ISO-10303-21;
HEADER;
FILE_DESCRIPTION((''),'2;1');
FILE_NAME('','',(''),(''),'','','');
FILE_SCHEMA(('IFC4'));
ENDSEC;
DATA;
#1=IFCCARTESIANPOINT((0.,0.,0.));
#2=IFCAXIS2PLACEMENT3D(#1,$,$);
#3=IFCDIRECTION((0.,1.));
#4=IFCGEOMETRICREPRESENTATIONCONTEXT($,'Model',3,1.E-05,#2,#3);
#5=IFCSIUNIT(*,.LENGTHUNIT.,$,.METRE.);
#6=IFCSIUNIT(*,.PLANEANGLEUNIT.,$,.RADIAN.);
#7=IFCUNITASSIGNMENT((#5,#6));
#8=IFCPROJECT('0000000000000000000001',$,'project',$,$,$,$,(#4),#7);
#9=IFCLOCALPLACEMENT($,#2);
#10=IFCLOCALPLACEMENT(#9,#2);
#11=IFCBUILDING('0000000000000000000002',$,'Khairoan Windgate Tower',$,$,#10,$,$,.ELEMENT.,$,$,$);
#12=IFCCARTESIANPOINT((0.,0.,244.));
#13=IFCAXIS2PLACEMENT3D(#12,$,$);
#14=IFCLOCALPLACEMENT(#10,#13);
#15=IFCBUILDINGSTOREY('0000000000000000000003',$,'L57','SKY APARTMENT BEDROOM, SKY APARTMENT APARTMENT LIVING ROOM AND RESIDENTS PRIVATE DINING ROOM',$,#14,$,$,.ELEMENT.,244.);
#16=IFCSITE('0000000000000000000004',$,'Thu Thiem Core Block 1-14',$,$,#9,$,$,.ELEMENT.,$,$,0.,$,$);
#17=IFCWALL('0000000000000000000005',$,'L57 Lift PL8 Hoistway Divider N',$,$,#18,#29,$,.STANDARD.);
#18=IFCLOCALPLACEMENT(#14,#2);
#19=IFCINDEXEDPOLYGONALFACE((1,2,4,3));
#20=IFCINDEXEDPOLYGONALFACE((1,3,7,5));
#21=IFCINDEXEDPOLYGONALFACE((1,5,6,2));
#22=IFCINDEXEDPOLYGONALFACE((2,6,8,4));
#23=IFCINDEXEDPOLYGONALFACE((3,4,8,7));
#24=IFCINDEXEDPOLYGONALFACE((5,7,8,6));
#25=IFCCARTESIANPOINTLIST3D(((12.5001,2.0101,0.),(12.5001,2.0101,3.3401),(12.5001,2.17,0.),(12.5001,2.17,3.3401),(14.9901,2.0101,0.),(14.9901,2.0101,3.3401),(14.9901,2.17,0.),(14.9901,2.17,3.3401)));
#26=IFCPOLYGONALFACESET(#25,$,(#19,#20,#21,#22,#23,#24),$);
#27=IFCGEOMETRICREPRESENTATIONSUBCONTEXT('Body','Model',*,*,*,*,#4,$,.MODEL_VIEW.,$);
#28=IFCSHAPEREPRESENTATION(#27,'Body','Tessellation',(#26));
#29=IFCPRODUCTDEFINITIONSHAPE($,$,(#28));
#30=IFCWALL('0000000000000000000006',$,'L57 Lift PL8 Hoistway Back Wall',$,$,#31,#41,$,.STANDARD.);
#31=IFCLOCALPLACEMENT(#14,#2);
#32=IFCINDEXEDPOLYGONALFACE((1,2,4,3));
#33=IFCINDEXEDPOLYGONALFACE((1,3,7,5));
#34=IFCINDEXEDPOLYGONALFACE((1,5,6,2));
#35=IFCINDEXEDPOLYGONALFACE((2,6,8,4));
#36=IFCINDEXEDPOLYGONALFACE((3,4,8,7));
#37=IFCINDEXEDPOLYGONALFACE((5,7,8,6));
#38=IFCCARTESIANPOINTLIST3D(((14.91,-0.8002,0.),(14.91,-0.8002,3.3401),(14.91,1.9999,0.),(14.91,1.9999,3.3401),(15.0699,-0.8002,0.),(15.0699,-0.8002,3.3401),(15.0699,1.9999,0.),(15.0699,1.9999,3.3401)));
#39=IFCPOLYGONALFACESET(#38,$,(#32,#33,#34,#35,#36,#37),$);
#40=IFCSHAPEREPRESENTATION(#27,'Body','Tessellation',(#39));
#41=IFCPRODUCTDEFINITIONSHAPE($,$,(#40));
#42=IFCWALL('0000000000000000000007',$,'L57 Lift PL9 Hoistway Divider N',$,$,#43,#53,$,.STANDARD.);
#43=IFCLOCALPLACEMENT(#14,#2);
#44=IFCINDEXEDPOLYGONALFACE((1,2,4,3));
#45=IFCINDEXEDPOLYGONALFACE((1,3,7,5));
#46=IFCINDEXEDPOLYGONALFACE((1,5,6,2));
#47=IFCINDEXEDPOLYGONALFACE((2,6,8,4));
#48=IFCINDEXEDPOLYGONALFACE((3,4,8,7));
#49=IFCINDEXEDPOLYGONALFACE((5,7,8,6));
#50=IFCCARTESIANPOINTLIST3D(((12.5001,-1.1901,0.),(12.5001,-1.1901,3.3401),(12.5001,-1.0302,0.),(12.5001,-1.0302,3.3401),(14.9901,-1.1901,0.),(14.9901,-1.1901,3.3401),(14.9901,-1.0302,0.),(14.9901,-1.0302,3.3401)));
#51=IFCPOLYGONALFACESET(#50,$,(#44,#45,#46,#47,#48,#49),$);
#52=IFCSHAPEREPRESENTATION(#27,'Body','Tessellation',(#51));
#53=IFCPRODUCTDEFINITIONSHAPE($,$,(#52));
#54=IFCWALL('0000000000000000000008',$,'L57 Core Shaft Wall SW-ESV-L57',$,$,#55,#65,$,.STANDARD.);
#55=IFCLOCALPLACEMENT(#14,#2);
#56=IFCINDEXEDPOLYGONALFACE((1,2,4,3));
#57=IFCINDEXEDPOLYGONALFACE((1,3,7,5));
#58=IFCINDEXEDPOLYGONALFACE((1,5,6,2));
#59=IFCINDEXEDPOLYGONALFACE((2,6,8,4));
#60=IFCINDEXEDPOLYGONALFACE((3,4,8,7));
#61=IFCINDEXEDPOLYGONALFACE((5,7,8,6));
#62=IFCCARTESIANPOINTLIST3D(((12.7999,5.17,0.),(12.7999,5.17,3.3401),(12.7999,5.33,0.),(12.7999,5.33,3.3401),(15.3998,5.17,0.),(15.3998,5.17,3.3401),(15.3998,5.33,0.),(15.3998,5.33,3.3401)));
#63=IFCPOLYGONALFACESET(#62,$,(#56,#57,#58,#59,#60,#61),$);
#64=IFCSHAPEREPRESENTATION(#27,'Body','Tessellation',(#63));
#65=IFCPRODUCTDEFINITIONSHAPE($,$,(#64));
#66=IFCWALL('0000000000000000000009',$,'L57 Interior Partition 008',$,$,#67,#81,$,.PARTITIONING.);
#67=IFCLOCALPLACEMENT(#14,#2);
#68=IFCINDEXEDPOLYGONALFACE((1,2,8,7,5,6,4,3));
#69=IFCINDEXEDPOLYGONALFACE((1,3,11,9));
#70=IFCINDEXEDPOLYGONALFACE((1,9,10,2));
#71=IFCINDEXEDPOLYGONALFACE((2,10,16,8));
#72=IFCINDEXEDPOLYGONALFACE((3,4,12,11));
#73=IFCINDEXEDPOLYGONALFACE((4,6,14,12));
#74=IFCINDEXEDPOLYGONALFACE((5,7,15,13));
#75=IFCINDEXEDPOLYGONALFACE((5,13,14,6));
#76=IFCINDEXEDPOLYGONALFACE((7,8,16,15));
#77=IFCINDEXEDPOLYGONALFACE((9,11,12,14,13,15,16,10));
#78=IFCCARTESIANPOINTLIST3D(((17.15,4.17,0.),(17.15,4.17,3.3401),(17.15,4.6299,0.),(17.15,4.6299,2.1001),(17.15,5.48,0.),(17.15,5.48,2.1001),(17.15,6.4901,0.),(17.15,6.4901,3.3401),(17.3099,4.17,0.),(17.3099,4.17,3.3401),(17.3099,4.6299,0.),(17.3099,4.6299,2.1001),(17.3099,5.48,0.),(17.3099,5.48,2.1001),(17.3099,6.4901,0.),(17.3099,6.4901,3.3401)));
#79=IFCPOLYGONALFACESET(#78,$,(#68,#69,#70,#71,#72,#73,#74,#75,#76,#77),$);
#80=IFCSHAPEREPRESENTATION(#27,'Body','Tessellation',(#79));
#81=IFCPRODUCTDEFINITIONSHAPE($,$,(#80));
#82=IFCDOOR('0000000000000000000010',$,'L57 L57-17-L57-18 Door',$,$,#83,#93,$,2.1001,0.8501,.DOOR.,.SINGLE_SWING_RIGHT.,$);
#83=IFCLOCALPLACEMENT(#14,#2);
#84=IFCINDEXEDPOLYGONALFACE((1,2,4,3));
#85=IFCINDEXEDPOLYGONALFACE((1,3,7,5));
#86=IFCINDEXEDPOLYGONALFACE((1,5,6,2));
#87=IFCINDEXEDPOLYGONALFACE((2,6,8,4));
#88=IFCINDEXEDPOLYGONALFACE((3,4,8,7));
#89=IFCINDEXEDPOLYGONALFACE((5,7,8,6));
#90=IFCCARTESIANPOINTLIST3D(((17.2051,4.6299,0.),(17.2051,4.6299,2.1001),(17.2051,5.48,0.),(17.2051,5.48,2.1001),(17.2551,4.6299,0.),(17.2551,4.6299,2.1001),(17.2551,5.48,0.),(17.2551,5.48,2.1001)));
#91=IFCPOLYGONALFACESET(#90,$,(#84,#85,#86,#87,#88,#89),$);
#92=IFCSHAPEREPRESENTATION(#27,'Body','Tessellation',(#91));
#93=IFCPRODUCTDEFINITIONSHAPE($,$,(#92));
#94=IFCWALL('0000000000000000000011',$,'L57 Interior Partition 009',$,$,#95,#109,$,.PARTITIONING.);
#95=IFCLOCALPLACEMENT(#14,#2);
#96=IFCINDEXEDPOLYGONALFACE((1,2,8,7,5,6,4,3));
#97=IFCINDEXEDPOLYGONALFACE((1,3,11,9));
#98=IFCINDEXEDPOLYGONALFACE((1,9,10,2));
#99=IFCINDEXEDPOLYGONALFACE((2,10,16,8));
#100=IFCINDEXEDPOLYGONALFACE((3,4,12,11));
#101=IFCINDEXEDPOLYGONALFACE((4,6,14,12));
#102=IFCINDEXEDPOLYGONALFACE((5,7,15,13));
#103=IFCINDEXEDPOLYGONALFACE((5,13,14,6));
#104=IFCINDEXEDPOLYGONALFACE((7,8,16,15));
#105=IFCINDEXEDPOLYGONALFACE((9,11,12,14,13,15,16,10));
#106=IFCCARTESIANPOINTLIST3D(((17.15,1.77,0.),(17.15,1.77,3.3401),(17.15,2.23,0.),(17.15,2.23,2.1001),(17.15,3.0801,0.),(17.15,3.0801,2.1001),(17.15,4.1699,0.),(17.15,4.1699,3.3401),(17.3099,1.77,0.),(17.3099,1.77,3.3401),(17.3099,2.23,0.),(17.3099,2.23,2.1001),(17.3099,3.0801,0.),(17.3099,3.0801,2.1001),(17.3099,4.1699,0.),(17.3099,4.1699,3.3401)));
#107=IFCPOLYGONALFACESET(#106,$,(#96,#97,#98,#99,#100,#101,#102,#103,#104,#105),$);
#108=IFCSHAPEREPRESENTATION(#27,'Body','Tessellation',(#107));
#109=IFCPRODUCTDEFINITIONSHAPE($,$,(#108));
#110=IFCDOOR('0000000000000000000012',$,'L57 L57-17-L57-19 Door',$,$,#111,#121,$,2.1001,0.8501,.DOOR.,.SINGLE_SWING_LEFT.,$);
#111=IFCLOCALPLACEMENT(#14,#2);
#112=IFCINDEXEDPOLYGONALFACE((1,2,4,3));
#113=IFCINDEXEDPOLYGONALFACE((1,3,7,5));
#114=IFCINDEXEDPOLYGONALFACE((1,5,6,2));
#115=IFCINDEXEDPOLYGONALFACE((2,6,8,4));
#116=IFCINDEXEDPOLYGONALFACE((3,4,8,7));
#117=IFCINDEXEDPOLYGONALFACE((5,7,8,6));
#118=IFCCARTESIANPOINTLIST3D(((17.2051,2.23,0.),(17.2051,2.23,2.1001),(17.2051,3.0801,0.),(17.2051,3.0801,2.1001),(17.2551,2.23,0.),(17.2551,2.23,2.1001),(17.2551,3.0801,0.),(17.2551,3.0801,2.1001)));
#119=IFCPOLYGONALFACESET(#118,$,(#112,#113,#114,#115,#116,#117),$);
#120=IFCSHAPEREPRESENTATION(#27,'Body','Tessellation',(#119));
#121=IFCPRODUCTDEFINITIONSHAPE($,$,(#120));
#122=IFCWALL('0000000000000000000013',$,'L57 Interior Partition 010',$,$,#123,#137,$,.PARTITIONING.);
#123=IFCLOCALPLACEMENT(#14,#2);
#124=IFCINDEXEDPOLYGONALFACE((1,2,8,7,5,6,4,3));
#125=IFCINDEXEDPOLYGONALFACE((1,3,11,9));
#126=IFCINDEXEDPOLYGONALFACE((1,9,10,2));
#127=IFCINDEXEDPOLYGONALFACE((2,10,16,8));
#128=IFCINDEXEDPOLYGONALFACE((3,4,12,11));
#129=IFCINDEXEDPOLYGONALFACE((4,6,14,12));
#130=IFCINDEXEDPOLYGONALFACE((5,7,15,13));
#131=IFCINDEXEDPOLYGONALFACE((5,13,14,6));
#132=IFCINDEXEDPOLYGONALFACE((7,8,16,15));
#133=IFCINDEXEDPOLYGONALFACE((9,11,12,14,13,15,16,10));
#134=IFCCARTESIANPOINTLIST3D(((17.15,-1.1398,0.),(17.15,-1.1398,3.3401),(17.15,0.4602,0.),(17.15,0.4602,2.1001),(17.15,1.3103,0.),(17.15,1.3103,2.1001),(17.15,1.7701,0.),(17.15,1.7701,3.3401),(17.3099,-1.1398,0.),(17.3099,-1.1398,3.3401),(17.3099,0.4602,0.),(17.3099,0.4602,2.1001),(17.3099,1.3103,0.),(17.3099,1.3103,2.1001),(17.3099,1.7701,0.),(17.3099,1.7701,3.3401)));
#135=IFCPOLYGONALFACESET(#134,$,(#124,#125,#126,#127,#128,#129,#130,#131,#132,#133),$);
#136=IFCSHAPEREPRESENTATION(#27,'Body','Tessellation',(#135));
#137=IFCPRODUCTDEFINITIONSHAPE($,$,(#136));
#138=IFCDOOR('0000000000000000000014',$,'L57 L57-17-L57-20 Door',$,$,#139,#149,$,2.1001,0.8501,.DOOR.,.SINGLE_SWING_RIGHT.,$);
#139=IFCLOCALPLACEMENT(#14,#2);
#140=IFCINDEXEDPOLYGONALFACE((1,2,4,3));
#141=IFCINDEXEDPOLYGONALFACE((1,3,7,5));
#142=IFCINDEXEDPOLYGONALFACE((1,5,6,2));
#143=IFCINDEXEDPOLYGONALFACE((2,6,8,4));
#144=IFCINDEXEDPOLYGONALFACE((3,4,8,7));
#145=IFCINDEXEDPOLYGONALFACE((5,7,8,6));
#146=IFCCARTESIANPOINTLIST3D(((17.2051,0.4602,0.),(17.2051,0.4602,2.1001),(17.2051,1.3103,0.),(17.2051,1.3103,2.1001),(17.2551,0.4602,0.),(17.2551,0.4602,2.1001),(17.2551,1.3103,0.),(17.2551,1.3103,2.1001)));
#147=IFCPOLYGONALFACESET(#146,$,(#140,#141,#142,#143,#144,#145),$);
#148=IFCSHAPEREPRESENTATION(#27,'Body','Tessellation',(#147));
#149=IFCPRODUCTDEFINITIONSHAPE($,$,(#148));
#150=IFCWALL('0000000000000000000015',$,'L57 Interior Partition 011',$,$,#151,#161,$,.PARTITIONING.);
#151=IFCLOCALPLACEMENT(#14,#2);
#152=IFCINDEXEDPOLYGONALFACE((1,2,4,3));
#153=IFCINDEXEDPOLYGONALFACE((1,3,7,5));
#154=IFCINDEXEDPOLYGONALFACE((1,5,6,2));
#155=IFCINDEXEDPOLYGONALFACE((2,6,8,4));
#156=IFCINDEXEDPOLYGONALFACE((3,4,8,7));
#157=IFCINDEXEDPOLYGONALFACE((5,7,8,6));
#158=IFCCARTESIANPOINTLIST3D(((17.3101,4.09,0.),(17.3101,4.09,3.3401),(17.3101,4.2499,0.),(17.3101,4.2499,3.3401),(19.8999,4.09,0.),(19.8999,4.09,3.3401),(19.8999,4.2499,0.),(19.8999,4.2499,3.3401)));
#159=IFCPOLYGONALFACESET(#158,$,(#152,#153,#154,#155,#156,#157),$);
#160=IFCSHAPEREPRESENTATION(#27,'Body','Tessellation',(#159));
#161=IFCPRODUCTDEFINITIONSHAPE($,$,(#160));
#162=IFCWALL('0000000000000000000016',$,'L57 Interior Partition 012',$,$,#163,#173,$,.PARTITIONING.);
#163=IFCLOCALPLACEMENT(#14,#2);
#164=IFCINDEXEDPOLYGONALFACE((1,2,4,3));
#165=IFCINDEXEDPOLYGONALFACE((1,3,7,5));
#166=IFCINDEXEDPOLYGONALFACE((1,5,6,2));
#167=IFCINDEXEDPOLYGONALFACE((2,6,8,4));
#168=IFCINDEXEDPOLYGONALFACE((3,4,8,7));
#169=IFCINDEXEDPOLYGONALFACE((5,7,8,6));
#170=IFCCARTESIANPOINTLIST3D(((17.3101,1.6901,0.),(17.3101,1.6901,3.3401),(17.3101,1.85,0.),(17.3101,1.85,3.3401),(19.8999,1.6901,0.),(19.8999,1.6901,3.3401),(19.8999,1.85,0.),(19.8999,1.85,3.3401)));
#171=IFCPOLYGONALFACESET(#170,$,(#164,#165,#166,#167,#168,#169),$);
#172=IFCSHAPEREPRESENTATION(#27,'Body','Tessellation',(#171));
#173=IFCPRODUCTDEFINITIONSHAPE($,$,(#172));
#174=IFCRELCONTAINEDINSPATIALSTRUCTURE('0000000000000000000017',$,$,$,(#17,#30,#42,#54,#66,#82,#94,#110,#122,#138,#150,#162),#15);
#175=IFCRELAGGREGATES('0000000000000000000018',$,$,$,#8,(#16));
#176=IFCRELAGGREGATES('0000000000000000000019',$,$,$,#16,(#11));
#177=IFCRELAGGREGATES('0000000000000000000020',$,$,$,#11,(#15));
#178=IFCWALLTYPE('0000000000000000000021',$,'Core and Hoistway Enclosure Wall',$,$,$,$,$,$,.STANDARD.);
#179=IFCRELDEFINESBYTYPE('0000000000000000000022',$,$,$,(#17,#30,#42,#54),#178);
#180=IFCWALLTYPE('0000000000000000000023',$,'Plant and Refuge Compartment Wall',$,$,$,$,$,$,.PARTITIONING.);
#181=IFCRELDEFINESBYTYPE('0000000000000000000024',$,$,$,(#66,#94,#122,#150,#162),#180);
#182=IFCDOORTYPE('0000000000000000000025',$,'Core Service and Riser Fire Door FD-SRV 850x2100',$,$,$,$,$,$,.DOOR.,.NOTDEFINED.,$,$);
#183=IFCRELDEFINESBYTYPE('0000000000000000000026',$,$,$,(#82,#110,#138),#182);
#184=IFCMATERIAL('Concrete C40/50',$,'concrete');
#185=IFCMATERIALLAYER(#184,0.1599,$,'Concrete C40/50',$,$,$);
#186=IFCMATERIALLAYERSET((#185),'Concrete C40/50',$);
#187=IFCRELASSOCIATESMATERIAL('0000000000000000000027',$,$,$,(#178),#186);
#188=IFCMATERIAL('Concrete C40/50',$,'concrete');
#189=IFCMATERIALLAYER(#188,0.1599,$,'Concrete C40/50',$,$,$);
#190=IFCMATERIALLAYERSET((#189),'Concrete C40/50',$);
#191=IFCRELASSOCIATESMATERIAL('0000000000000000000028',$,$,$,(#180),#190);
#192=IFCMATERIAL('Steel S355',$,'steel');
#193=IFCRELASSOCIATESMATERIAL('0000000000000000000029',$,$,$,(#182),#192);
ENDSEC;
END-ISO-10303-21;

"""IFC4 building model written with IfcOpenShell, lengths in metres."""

from ifc_helpers import new_model, si_unit, direction, frame, frame_2d, origin, place, context, subcontext, project, spatial, rectangle, extrude, material, layer, layer_set, type_object, element, fill, save


model = new_model("IFC4")

# Units and contexts
model_context = context("Model", 3, precision=1e-05, world=origin(), true_north=direction((0.0, 1.0)))
body_context = subcontext(model_context, "Body", "Model", "MODEL_VIEW")
ifc_project = project(units=[si_unit("LENGTHUNIT", "METRE"), si_unit("PLANEANGLEUNIT", "RADIAN")], contexts=[model_context])

# Site, building, storey
site_placement = place(None, origin())
site = spatial("IfcSite", under=ifc_project, at=site_placement, Name="Thu Thiem Core Block 1-14", CompositionType="ELEMENT", RefElevation=0.0)
building_placement = place(site_placement, origin())
building = spatial("IfcBuilding", under=site, at=building_placement, Name="Khairoan Windgate Tower", CompositionType="ELEMENT")
storey_placement = place(building_placement, frame((0.0, 0.0, 244.0)))
storey = spatial("IfcBuildingStorey", under=building, at=storey_placement, Name="L57", Description="SKY APARTMENT BEDROOM, SKY APARTMENT APARTMENT LIVING ROOM AND RESIDENTS PRIVATE DINING ROOM", CompositionType="ELEMENT", Elevation=244.0)

# Walls
ifc_material_1 = material(Name="Concrete C40/50", Category="concrete")
ifc_layer_1 = layer(ifc_material_1, 0.1599, Name="Concrete C40/50")
ifc_layer_set_1 = layer_set([ifc_layer_1], Name="Concrete C40/50")
wall_type_1 = type_object("IfcWallType", Name="Core and Hoistway Enclosure Wall", PredefinedType="STANDARD", material=ifc_layer_set_1)
for number, where, z_axis, x_axis, name in (
    (1, (12.5, 2.0901, 0.0), (0.0, 0.0, 1.0), (1.0, 0.0, 0.0), "L57 Lift PL8 Hoistway Divider N"),
):
    element("IfcWall", number, at=place(storey_placement, frame(where, z_axis=z_axis, x_axis=x_axis)), inside=storey, type_object=wall_type_1, Name=name, PredefinedType="STANDARD", context=body_context, shape_type="SweptSolid", body=[
        extrude(rectangle(XDim=2.49, YDim=0.1599, at=frame_2d((1.2451, 0.0))), origin(), (0.0, 0.0, 1.0), 3.3401),
    ])
wall_1_placement = place(storey_placement, frame((14.99, -0.8, 0.0), z_axis=(0.0, 0.0, 1.0), x_axis=(0.0, 1.0, 0.0)))
element("IfcWall", 2, at=wall_1_placement, inside=storey, type_object=wall_type_1, Name="L57 Lift PL8 Hoistway Back Wall", PredefinedType="STANDARD", context=body_context, shape_type="SweptSolid", body=[
    extrude(rectangle(XDim=2.8, YDim=0.1599, at=frame_2d((1.3999, 0.0))), origin(), (0.0, 0.0, 1.0), 3.3401),
])
wall_2_placement = place(storey_placement, frame((12.5, -1.1101, 0.0), z_axis=(0.0, 0.0, 1.0), x_axis=(1.0, 0.0, 0.0)))
element("IfcWall", 3, at=wall_2_placement, inside=storey, type_object=wall_type_1, Name="L57 Lift PL9 Hoistway Divider N", PredefinedType="STANDARD", context=body_context, shape_type="SweptSolid", body=[
    extrude(rectangle(XDim=2.49, YDim=0.1599, at=frame_2d((1.2451, 0.0))), origin(), (0.0, 0.0, 1.0), 3.3401),
])
wall_3_placement = place(storey_placement, frame((12.8, 5.25, 0.0), z_axis=(0.0, 0.0, 1.0), x_axis=(1.0, 0.0, 0.0)))
element("IfcWall", 4, at=wall_3_placement, inside=storey, type_object=wall_type_1, Name="L57 Core Shaft Wall SW-ESV-L57", PredefinedType="STANDARD", context=body_context, shape_type="SweptSolid", body=[
    extrude(rectangle(XDim=2.5999, YDim=0.1599, at=frame_2d((1.2998, 0.0))), origin(), (0.0, 0.0, 1.0), 3.3401),
])

# Walls, openings, doors
ifc_material_2 = material(Name="Concrete C40/50", Category="concrete")
ifc_layer_2 = layer(ifc_material_2, 0.1599, Name="Concrete C40/50")
ifc_layer_set_2 = layer_set([ifc_layer_2], Name="Concrete C40/50")
wall_type_2 = type_object("IfcWallType", Name="Plant and Refuge Compartment Wall", PredefinedType="PARTITIONING", material=ifc_layer_set_2)
wall_4_placement = place(storey_placement, frame((17.23, 4.1699, 0.0), z_axis=(0.0, 0.0, 1.0), x_axis=(0.0, 1.0, 0.0)))
wall_4 = element("IfcWall", 5, at=wall_4_placement, inside=storey, type_object=wall_type_2, Name="L57 Interior Partition 008", PredefinedType="PARTITIONING", context=body_context, shape_type="SweptSolid", body=[
    extrude(rectangle(XDim=2.3201, YDim=0.1599, at=frame_2d((1.1602, 0.0))), origin(), (0.0, 0.0, 1.0), 3.3401),
])
opening_1_placement = place(wall_4_placement, frame((0.46, 0.0, 0.0)))
opening_1 = element("IfcOpeningElement", 6, at=opening_1_placement, cuts=wall_4, PredefinedType="OPENING", context=body_context, shape_type="SweptSolid", body=[
    extrude(rectangle(XDim=0.8501, YDim=2.1001, at=frame_2d((0.425, 1.05))), frame((0.0, 0.0898, 0.0), z_axis=(0.0, -1.0, 0.0), x_axis=(1.0, 0.0, 0.0)), (0.0, 0.0, 1.0), 0.1799),
])
ifc_material_3 = material(Name="Steel S355", Category="steel")
door_type_1 = type_object("IfcDoorType", Name="Core Service and Riser Fire Door FD-SRV 850x2100", OperationType="NOTDEFINED", PredefinedType="DOOR", material=ifc_material_3)
door_1_placement = place(opening_1_placement, origin())
door_1 = element("IfcDoor", 7, at=door_1_placement, inside=storey, type_object=door_type_1, Name="L57 L57-17-L57-18 Door", OperationType="SINGLE_SWING_RIGHT", OverallHeight=2.1001, OverallWidth=0.8501, PredefinedType="DOOR", context=body_context, shape_type="SweptSolid", body=[
    extrude(rectangle(XDim=0.8501, YDim=2.1001, at=frame_2d((0.425, 1.05))), frame((0.0, 0.0249, 0.0), z_axis=(0.0, -1.0, 0.0), x_axis=(1.0, 0.0, 0.0)), (0.0, 0.0, 1.0), 0.05),
])
fill(opening_1, door_1)
wall_5_placement = place(storey_placement, frame((17.23, 1.77, 0.0), z_axis=(0.0, 0.0, 1.0), x_axis=(0.0, 1.0, 0.0)))
wall_5 = element("IfcWall", 8, at=wall_5_placement, inside=storey, type_object=wall_type_2, Name="L57 Interior Partition 009", PredefinedType="PARTITIONING", context=body_context, shape_type="SweptSolid", body=[
    extrude(rectangle(XDim=2.3999, YDim=0.1599, at=frame_2d((1.2, 0.0))), origin(), (0.0, 0.0, 1.0), 3.3401),
])
opening_2_placement = place(wall_5_placement, frame((0.46, 0.0, 0.0)))
opening_2 = element("IfcOpeningElement", 9, at=opening_2_placement, cuts=wall_5, PredefinedType="OPENING", context=body_context, shape_type="SweptSolid", body=[
    extrude(rectangle(XDim=0.8501, YDim=2.1001, at=frame_2d((0.425, 1.05))), frame((0.0, 0.0898, 0.0), z_axis=(0.0, -1.0, 0.0), x_axis=(1.0, 0.0, 0.0)), (0.0, 0.0, 1.0), 0.1799),
])
door_2_placement = place(opening_2_placement, origin())
door_2 = element("IfcDoor", 10, at=door_2_placement, inside=storey, type_object=door_type_1, Name="L57 L57-17-L57-19 Door", OperationType="SINGLE_SWING_LEFT", OverallHeight=2.1001, OverallWidth=0.8501, PredefinedType="DOOR", context=body_context, shape_type="SweptSolid", body=[
    extrude(rectangle(XDim=0.8501, YDim=2.1001, at=frame_2d((0.425, 1.05))), frame((0.0, 0.0249, 0.0), z_axis=(0.0, -1.0, 0.0), x_axis=(1.0, 0.0, 0.0)), (0.0, 0.0, 1.0), 0.05),
])
fill(opening_2, door_2)
wall_6_placement = place(storey_placement, frame((17.23, -1.1399, 0.0), z_axis=(0.0, 0.0, 1.0), x_axis=(0.0, 1.0, 0.0)))
wall_6 = element("IfcWall", 11, at=wall_6_placement, inside=storey, type_object=wall_type_2, Name="L57 Interior Partition 010", PredefinedType="PARTITIONING", context=body_context, shape_type="SweptSolid", body=[
    extrude(rectangle(XDim=2.9099, YDim=0.1599, at=frame_2d((1.4551, 0.0))), origin(), (0.0, 0.0, 1.0), 3.3401),
])
opening_3_placement = place(wall_6_placement, frame((1.6001, 0.0, 0.0)))
opening_3 = element("IfcOpeningElement", 12, at=opening_3_placement, cuts=wall_6, PredefinedType="OPENING", context=body_context, shape_type="SweptSolid", body=[
    extrude(rectangle(XDim=0.8501, YDim=2.1001, at=frame_2d((0.425, 1.05))), frame((0.0, 0.0898, 0.0), z_axis=(0.0, -1.0, 0.0), x_axis=(1.0, 0.0, 0.0)), (0.0, 0.0, 1.0), 0.1799),
])
door_3_placement = place(opening_3_placement, origin())
door_3 = element("IfcDoor", 13, at=door_3_placement, inside=storey, type_object=door_type_1, Name="L57 L57-17-L57-20 Door", OperationType="SINGLE_SWING_RIGHT", OverallHeight=2.1001, OverallWidth=0.8501, PredefinedType="DOOR", context=body_context, shape_type="SweptSolid", body=[
    extrude(rectangle(XDim=0.8501, YDim=2.1001, at=frame_2d((0.425, 1.05))), frame((0.0, 0.0249, 0.0), z_axis=(0.0, -1.0, 0.0), x_axis=(1.0, 0.0, 0.0)), (0.0, 0.0, 1.0), 0.05),
])
fill(opening_3, door_3)

# Walls
for number, where, z_axis, x_axis, name in (
    (14, (17.3101, 4.1699, 0.0), (0.0, 0.0, 1.0), (1.0, 0.0, 0.0), "L57 Interior Partition 011"),
    (15, (17.3101, 1.77, 0.0), (0.0, 0.0, 1.0), (1.0, 0.0, 0.0), "L57 Interior Partition 012"),
):
    element("IfcWall", number, at=place(storey_placement, frame(where, z_axis=z_axis, x_axis=x_axis)), inside=storey, type_object=wall_type_2, Name=name, PredefinedType="PARTITIONING", context=body_context, shape_type="SweptSolid", body=[
        extrude(rectangle(XDim=2.5898, YDim=0.1599, at=frame_2d((1.2949, 0.0))), origin(), (0.0, 0.0, 1.0), 3.3401),
    ])

save(model, "model.ifc")
